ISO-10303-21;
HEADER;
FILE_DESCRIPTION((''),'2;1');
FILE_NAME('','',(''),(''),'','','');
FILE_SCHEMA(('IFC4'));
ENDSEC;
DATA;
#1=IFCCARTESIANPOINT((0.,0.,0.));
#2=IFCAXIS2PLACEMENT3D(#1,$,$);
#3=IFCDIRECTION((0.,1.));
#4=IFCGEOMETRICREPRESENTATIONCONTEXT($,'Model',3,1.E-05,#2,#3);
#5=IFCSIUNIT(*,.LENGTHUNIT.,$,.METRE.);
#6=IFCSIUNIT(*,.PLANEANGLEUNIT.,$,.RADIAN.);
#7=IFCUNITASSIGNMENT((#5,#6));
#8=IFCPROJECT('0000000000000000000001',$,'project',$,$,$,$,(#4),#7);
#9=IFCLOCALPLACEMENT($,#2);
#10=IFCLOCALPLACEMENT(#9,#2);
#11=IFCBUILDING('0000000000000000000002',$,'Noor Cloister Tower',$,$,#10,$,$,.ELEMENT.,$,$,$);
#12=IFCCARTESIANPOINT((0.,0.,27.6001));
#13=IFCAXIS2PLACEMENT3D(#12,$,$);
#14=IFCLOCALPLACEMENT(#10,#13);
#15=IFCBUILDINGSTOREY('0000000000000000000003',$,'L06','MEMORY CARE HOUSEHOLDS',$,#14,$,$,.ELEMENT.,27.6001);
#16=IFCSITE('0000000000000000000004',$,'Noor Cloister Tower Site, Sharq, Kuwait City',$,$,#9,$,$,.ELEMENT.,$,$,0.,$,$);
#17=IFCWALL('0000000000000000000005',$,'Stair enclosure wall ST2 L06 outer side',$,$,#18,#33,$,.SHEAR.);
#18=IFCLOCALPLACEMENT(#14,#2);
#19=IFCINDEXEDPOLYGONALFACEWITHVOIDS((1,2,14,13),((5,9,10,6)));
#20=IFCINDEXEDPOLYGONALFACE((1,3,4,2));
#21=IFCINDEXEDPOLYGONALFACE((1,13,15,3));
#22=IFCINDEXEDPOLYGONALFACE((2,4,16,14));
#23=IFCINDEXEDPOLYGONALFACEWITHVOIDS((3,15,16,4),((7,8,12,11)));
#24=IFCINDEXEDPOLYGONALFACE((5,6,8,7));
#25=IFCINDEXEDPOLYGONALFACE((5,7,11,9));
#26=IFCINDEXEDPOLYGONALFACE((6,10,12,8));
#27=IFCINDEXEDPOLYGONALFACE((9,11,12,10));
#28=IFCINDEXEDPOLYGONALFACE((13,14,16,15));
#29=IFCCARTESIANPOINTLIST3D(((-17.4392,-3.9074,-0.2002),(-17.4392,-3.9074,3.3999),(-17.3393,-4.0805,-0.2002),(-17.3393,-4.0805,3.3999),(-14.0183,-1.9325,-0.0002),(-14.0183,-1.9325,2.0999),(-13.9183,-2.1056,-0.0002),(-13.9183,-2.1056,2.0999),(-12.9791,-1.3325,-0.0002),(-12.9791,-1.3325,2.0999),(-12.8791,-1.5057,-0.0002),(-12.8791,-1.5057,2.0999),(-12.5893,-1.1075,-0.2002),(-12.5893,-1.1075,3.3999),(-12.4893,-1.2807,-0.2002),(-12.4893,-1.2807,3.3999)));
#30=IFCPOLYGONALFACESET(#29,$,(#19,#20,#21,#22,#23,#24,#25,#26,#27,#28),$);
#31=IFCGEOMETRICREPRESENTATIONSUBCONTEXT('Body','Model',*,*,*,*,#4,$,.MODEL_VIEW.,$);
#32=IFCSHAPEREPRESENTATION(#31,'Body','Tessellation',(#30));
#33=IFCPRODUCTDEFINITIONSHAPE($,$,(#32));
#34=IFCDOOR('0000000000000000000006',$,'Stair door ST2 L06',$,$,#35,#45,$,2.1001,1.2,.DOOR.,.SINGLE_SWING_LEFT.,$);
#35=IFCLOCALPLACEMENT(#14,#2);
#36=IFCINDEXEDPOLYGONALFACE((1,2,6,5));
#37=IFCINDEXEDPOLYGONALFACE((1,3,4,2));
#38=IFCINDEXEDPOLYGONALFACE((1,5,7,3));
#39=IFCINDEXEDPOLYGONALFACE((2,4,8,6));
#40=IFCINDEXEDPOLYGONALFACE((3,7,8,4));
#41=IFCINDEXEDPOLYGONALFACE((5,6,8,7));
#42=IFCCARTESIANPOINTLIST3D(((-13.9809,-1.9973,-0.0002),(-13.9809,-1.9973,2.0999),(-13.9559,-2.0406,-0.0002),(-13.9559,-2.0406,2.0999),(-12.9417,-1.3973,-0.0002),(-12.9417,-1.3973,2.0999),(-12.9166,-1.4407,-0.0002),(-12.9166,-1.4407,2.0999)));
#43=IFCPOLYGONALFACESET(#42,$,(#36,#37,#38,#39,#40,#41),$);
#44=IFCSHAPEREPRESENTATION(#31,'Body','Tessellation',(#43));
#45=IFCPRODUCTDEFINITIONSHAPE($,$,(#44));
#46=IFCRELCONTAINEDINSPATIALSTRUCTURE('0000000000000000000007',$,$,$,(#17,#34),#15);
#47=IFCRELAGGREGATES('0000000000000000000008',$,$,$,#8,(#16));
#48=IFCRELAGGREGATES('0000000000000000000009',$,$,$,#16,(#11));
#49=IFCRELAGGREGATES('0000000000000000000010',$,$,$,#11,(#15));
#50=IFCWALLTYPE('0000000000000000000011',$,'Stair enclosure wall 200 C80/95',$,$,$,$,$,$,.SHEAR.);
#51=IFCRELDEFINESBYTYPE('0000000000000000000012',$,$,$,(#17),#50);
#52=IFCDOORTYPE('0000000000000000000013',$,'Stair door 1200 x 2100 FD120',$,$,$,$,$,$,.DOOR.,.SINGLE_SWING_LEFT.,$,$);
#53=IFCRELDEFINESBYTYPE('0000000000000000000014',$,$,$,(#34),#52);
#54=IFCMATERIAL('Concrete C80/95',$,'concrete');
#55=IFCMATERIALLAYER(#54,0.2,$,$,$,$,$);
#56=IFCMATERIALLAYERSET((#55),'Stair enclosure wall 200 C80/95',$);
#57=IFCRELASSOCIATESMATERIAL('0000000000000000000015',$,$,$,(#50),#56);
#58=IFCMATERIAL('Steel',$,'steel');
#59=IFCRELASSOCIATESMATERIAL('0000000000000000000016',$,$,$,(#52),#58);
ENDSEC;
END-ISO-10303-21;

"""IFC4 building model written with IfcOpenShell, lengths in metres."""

from ifc_helpers import new_model, si_unit, direction, frame, frame_2d, origin, place, context, subcontext, project, spatial, rectangle, extrude, material, layer, layer_set, type_object, element, fill, save


model = new_model("IFC4")

# Units and contexts
model_context = context("Model", 3, precision=1e-05, world=origin(), true_north=direction((0.0, 1.0)))
body_context = subcontext(model_context, "Body", "Model", "MODEL_VIEW")
ifc_project = project(units=[si_unit("LENGTHUNIT", "METRE"), si_unit("PLANEANGLEUNIT", "RADIAN")], contexts=[model_context])

# Site, building, storey
site_placement = place(None, origin())
site = spatial("IfcSite", under=ifc_project, at=site_placement, Name="Noor Cloister Tower Site, Sharq, Kuwait City", CompositionType="ELEMENT", RefElevation=0.0)
building_placement = place(site_placement, origin())
building = spatial("IfcBuilding", under=site, at=building_placement, Name="Noor Cloister Tower", CompositionType="ELEMENT")
storey_placement = place(building_placement, frame((0.0, 0.0, 27.6001)))
storey = spatial("IfcBuildingStorey", under=building, at=storey_placement, Name="L06", Description="MEMORY CARE HOUSEHOLDS", CompositionType="ELEMENT", Elevation=27.6001)

# Wall, opening, door
ifc_material_1 = material(Name="Concrete C80/95", Category="concrete")
ifc_layer_1 = layer(ifc_material_1, 0.2)
ifc_layer_set_1 = layer_set([ifc_layer_1], Name="Stair enclosure wall 200 C80/95")
wall_type_1 = type_object("IfcWallType", Name="Stair enclosure wall 200 C80/95", PredefinedType="SHEAR", material=ifc_layer_set_1)
ifc_material_2 = material(Name="Steel", Category="steel")
door_type_1 = type_object("IfcDoorType", Name="Stair door 1200 x 2100 FD120", OperationType="SINGLE_SWING_LEFT", PredefinedType="DOOR", material=ifc_material_2)
wall_1_placement = place(storey_placement, frame((-12.5393, -1.1941, -0.2002), z_axis=(0.0, 0.0, 1.0), x_axis=(-0.866045, -0.499965, 0.0)))
wall_1 = element("IfcWall", 1, at=wall_1_placement, inside=storey, type_object=wall_type_1, Name="Stair enclosure wall ST2 L06 outer side", PredefinedType="SHEAR", context=body_context, shape_type="SweptSolid", body=[
    extrude(rectangle(XDim=5.6001, YDim=0.2, at=frame_2d((2.8, 0.0))), origin(), (0.0, 0.0, 1.0), 3.6001),
])
opening_1_placement = place(wall_1_placement, frame((0.45, 0.0, 0.2)))
opening_1 = element("IfcOpeningElement", 2, at=opening_1_placement, cuts=wall_1, PredefinedType="OPENING", context=body_context, shape_type="SweptSolid", body=[
    extrude(rectangle(XDim=1.2, YDim=2.1001, at=frame_2d((0.6001, 1.05))), frame((0.0, 0.1099, 0.0), z_axis=(0.0, -1.0, 0.0), x_axis=(1.0, 0.0, 0.0)), (0.0, 0.0, 1.0), 0.22),
])
door_1_placement = place(opening_1_placement, origin())
door_1 = element("IfcDoor", 3, at=door_1_placement, inside=storey, type_object=door_type_1, Name="Stair door ST2 L06", OperationType="SINGLE_SWING_LEFT", OverallHeight=2.1001, OverallWidth=1.2, PredefinedType="DOOR", context=body_context, shape_type="SweptSolid", body=[
    extrude(rectangle(XDim=1.2, YDim=2.1001, at=frame_2d((0.6001, 1.05))), frame((0.0, 0.0249, 0.0), z_axis=(0.0, -1.0, 0.0), x_axis=(1.0, 0.0, 0.0)), (0.0, 0.0, 1.0), 0.05),
])
fill(opening_1, door_1)

save(model, "model.ifc")
